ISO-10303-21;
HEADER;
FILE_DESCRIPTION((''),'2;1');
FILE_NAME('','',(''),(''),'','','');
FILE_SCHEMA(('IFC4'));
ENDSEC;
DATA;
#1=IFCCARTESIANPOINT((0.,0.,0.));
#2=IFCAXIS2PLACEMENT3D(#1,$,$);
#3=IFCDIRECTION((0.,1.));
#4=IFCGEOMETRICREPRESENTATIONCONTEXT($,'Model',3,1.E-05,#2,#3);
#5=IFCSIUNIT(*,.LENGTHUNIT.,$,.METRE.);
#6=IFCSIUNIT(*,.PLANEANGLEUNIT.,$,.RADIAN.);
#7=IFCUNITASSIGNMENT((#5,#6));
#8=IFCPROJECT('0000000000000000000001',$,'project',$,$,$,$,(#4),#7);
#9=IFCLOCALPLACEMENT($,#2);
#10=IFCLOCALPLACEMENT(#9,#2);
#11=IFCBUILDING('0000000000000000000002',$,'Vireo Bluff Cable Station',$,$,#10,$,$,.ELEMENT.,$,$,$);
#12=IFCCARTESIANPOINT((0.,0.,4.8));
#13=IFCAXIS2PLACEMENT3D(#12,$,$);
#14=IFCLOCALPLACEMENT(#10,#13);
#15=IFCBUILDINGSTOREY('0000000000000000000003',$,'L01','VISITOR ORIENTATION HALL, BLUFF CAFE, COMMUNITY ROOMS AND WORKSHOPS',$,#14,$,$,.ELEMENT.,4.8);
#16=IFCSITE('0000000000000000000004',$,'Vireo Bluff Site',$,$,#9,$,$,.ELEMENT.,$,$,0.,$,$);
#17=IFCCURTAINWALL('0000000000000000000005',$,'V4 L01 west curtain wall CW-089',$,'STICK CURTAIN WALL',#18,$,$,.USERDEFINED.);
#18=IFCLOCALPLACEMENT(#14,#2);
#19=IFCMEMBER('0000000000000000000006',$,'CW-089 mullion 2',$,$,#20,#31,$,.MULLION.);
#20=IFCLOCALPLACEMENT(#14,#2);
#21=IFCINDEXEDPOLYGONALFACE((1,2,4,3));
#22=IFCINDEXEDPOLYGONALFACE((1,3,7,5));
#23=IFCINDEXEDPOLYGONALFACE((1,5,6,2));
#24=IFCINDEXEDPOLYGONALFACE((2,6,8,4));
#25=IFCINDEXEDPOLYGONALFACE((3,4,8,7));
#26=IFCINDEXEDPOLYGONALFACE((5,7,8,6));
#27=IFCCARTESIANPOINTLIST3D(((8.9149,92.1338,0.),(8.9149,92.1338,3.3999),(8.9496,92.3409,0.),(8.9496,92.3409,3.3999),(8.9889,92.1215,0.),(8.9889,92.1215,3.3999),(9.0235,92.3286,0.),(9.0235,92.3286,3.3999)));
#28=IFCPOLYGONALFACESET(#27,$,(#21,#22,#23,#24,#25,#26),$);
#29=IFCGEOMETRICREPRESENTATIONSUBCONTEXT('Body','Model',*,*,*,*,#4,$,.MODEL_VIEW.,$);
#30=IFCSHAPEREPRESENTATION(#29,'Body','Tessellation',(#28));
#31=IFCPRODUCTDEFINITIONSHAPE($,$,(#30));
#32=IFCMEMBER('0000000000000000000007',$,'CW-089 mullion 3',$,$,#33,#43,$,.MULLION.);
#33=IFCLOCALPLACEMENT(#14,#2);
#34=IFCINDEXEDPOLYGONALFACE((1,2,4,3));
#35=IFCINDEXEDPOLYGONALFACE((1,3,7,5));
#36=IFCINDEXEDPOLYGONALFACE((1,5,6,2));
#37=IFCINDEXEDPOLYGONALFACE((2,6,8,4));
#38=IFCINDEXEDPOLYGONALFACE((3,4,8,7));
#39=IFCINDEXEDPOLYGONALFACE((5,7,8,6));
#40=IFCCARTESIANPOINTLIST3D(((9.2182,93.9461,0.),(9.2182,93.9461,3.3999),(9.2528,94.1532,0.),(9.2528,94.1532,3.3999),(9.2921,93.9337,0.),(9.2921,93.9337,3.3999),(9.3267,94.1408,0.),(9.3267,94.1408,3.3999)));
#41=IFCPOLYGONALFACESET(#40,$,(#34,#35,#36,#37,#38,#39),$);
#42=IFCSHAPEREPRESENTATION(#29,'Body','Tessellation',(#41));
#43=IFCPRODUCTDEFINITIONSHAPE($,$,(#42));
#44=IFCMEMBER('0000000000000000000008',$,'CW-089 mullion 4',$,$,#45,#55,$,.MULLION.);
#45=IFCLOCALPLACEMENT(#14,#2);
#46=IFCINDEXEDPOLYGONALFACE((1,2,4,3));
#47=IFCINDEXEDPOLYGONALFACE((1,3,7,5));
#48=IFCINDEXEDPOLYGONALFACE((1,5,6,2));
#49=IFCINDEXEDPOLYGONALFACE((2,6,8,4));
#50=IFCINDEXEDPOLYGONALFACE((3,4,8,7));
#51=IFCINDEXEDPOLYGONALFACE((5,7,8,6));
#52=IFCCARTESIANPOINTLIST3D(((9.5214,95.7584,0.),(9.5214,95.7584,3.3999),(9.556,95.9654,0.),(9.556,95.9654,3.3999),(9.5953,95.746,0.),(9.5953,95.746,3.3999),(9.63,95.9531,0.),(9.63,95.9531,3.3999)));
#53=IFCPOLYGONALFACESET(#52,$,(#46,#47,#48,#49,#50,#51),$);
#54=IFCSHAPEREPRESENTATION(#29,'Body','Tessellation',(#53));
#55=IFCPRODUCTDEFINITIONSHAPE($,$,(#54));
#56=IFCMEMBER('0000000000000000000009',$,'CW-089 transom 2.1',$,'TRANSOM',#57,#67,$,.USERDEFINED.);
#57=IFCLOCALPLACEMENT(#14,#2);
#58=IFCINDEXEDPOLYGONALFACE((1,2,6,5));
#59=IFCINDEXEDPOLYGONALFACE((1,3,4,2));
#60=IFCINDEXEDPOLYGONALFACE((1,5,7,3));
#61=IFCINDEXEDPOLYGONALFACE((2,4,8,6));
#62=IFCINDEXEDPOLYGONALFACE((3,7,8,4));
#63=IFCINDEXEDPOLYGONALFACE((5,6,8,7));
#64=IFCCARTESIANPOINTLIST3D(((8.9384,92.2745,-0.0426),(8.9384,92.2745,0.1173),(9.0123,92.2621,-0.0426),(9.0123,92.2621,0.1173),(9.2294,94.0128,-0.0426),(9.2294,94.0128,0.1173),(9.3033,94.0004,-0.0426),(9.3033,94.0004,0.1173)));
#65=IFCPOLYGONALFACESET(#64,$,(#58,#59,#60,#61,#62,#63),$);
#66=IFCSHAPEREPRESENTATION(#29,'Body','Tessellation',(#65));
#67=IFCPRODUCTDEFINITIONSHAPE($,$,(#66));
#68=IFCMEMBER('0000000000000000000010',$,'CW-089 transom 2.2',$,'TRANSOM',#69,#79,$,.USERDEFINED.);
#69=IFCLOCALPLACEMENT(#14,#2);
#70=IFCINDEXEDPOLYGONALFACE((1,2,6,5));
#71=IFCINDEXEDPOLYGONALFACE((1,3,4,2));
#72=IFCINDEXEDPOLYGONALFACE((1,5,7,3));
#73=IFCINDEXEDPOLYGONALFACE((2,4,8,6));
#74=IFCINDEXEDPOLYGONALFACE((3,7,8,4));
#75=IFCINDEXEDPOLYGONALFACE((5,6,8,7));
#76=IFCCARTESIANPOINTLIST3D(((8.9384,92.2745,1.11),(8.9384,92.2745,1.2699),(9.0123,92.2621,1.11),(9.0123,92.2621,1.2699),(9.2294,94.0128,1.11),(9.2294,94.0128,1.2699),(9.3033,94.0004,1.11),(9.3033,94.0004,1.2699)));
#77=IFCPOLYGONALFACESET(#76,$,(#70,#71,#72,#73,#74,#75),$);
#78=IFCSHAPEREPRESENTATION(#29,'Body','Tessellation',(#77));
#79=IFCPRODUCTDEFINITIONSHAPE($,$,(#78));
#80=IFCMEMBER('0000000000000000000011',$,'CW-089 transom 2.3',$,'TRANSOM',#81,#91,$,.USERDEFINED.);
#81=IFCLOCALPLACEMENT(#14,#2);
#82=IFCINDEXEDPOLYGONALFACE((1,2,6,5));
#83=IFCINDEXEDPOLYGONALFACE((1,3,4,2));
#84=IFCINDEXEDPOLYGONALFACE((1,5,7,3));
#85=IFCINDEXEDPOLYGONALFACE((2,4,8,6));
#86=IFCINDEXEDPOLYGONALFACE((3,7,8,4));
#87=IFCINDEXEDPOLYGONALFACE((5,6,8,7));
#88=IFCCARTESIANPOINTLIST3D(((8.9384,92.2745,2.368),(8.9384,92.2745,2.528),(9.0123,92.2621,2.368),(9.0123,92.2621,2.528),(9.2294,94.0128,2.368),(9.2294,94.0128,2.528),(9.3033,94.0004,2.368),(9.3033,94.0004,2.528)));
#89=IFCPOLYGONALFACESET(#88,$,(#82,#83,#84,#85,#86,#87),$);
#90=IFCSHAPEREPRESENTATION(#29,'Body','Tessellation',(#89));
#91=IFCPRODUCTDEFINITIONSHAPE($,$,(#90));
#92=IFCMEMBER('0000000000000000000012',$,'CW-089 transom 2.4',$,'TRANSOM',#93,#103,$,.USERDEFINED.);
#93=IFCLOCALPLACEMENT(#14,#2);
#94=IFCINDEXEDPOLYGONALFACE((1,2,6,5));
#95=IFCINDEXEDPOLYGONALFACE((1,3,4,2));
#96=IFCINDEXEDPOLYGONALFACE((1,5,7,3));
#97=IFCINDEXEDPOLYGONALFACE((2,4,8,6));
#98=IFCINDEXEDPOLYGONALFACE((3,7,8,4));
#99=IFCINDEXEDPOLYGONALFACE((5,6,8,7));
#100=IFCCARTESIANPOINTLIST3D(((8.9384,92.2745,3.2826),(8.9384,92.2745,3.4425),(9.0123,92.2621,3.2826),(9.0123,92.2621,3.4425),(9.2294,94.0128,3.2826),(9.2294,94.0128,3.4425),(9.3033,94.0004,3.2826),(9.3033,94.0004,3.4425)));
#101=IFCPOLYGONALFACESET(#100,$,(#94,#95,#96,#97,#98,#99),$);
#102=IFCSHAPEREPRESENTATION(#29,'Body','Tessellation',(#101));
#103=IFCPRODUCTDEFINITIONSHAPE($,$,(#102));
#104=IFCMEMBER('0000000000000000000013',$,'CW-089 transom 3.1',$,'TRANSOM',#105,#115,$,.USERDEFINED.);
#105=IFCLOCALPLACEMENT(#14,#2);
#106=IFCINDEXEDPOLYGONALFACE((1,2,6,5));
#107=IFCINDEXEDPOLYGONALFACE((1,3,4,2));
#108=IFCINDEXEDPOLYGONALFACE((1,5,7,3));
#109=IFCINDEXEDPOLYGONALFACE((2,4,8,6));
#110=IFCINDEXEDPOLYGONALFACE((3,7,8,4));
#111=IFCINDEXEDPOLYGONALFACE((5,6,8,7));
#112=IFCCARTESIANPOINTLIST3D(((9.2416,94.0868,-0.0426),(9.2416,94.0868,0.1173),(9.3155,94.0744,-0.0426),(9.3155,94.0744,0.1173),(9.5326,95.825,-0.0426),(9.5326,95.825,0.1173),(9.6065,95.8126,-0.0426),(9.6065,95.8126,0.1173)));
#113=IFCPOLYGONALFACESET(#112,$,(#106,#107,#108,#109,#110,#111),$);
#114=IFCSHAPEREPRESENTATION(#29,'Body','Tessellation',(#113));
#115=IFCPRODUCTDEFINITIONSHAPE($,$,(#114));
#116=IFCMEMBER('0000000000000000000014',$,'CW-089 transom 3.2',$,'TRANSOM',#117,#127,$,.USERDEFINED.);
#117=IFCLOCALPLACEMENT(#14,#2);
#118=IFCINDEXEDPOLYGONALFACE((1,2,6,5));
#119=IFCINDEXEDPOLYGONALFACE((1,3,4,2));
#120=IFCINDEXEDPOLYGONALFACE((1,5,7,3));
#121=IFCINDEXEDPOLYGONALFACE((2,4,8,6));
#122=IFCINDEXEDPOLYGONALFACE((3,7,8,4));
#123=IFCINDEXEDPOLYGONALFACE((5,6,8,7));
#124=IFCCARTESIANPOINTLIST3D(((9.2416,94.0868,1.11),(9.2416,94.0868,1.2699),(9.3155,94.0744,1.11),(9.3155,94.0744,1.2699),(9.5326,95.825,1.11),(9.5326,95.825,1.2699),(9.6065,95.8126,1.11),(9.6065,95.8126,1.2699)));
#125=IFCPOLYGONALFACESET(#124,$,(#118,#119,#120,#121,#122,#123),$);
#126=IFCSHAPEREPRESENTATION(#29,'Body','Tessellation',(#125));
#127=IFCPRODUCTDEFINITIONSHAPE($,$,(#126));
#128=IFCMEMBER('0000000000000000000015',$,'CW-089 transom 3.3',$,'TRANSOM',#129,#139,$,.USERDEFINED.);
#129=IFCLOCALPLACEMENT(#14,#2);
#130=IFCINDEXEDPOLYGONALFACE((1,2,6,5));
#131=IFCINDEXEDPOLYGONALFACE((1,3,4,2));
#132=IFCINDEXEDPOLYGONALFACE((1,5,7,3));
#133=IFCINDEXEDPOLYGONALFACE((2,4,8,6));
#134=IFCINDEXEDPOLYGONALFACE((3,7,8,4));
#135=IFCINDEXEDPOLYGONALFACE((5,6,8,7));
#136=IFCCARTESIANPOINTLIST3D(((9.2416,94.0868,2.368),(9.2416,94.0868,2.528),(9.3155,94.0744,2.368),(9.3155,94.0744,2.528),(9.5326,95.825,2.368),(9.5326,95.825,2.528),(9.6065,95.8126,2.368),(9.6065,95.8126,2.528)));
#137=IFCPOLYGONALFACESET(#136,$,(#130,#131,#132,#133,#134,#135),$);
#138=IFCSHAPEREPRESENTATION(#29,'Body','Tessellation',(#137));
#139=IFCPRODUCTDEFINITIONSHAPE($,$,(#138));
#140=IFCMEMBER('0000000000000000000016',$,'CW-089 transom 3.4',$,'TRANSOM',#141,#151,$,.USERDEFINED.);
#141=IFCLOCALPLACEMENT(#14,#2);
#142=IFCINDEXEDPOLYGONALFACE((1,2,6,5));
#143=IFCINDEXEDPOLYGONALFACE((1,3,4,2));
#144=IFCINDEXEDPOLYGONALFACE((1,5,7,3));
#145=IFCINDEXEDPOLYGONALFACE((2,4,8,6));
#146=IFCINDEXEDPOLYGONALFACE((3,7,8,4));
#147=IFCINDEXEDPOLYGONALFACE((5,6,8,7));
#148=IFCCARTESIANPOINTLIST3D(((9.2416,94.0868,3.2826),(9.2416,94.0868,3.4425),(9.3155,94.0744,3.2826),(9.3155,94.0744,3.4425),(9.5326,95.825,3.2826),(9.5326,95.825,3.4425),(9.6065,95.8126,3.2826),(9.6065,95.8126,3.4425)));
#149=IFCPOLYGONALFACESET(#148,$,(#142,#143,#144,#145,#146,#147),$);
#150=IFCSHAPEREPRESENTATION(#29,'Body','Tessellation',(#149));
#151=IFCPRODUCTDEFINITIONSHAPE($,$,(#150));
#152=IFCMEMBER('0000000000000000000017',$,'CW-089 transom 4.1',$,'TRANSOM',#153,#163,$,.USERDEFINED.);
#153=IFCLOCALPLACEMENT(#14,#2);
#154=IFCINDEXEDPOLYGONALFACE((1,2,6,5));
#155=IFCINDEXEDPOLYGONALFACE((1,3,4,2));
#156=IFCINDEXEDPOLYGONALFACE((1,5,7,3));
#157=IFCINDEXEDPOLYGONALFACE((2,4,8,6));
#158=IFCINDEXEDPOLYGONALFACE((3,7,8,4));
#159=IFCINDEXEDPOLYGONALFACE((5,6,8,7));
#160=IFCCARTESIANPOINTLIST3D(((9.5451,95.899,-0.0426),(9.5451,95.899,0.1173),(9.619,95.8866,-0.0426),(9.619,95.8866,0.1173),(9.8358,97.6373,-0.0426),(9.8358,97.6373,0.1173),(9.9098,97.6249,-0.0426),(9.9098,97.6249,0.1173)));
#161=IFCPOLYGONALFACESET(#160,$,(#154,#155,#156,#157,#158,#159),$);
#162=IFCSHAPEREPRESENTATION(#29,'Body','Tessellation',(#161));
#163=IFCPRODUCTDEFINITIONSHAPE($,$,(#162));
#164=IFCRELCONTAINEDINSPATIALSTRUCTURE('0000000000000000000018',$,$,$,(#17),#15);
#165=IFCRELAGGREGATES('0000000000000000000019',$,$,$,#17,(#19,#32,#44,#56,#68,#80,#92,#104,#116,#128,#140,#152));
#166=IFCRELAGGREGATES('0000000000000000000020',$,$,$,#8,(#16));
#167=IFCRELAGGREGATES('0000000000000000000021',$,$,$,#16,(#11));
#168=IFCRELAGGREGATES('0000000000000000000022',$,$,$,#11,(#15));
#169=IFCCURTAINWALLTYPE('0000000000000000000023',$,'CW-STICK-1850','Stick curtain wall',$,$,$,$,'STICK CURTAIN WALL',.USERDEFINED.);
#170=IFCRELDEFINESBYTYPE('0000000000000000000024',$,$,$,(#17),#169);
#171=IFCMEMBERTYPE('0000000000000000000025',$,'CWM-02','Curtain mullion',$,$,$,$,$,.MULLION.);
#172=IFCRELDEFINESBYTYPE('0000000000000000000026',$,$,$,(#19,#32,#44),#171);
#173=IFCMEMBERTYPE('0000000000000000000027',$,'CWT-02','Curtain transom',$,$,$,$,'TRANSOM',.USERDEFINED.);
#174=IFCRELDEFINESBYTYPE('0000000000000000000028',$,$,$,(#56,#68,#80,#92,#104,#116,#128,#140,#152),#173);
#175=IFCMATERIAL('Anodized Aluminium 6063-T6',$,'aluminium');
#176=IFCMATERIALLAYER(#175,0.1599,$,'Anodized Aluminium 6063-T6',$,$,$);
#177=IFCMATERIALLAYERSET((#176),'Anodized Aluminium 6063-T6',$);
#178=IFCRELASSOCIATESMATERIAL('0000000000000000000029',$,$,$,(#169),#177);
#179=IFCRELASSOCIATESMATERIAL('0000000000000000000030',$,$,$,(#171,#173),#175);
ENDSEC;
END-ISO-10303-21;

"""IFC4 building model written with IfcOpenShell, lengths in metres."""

from ifc_helpers import new_model, si_unit, direction, frame, origin, origin_2d, place, context, subcontext, project, spatial, rectangle, extrude, material, layer, layer_set, material_profile, profile_set, type_object, element, aggregate, save


model = new_model("IFC4")

# Units and contexts
model_context = context("Model", 3, precision=1e-05, world=origin(), true_north=direction((0.0, 1.0)))
body_context = subcontext(model_context, "Body", "Model", "MODEL_VIEW")
ifc_project = project(units=[si_unit("LENGTHUNIT", "METRE"), si_unit("PLANEANGLEUNIT", "RADIAN")], contexts=[model_context])

# Site, building, storey
site_placement = place(None, origin())
site = spatial("IfcSite", under=ifc_project, at=site_placement, Name="Vireo Bluff Site", CompositionType="ELEMENT", RefElevation=0.0)
building_placement = place(site_placement, origin())
building = spatial("IfcBuilding", under=site, at=building_placement, Name="Vireo Bluff Cable Station", CompositionType="ELEMENT")
storey_placement = place(building_placement, frame((0.0, 0.0, 4.8)))
storey = spatial("IfcBuildingStorey", under=building, at=storey_placement, Name="L01", Description="VISITOR ORIENTATION HALL, BLUFF CAFE, COMMUNITY ROOMS AND WORKSHOPS", CompositionType="ELEMENT", Elevation=4.8)

# Curtain wall, members
ifc_material_1 = material(Name="Anodized Aluminium 6063-T6", Category="aluminium")
ifc_layer_1 = layer(ifc_material_1, 0.1599, Name="Anodized Aluminium 6063-T6")
ifc_layer_set_1 = layer_set([ifc_layer_1], Name="Anodized Aluminium 6063-T6")
curtain_wall_type = type_object("IfcCurtainWallType", Name="CW-STICK-1850", Description="Stick curtain wall", ElementType="STICK CURTAIN WALL", PredefinedType="USERDEFINED", material=ifc_layer_set_1)
curtain_wall_placement = place(storey_placement, origin())
curtain_wall = element("IfcCurtainWall", 1, at=curtain_wall_placement, inside=storey, type_object=curtain_wall_type, Name="V4 L01 west curtain wall CW-089", ObjectType="STICK CURTAIN WALL", PredefinedType="USERDEFINED")
ifc_material_profile_1 = material_profile(ifc_material_1, rectangle(XDim=0.075, YDim=0.21, at=origin_2d()), Name="ALU-M-75X210")
ifc_profile_set_1 = profile_set([ifc_material_profile_1], Name="Anodized Aluminium 6063-T6")
member_type_1 = type_object("IfcMemberType", Name="CWM-02", Description="Curtain mullion", PredefinedType="MULLION", material=ifc_profile_set_1)
member_1_placement = place(storey_placement, frame((8.9692, 92.2312, 0.0), z_axis=(0.0, 0.0, 1.0), x_axis=(-0.986286, 0.165048, 0.0)))
member_1 = element("IfcMember", 2, at=member_1_placement, type_object=member_type_1, Name="CW-089 mullion 2", PredefinedType="MULLION", context=body_context, shape_type="SweptSolid", body=[
    extrude(rectangle(XDim=0.075, YDim=0.21, at=origin_2d()), origin(), (0.0, 0.0, 1.0), 3.3999),
])
member_2_placement = place(storey_placement, frame((9.2725, 94.0435, 0.0), z_axis=(0.0, 0.0, 1.0), x_axis=(-0.986286, 0.165048, 0.0)))
member_2 = element("IfcMember", 3, at=member_2_placement, type_object=member_type_1, Name="CW-089 mullion 3", PredefinedType="MULLION", context=body_context, shape_type="SweptSolid", body=[
    extrude(rectangle(XDim=0.075, YDim=0.21, at=origin_2d()), origin(), (0.0, 0.0, 1.0), 3.3999),
])
member_3_placement = place(storey_placement, frame((9.5757, 95.8557, 0.0), z_axis=(0.0, 0.0, 1.0), x_axis=(-0.986286, 0.165048, 0.0)))
member_3 = element("IfcMember", 4, at=member_3_placement, type_object=member_type_1, Name="CW-089 mullion 4", PredefinedType="MULLION", context=body_context, shape_type="SweptSolid", body=[
    extrude(rectangle(XDim=0.075, YDim=0.21, at=origin_2d()), origin(), (0.0, 0.0, 1.0), 3.3999),
])
ifc_material_profile_2 = material_profile(ifc_material_1, rectangle(XDim=0.075, YDim=0.1599, at=origin_2d()), Name="ALU-T-75X160")
ifc_profile_set_2 = profile_set([ifc_material_profile_2], Name="Anodized Aluminium 6063-T6")
member_type_2 = type_object("IfcMemberType", Name="CWT-02", Description="Curtain transom", ElementType="TRANSOM", PredefinedType="USERDEFINED", material=ifc_profile_set_2)
member_4_placement = place(storey_placement, frame((8.9753, 92.2683, 0.0374), z_axis=(0.165118, 0.986274, 0.0), x_axis=(-0.986274, 0.165118, 0.0)))
member_4 = element("IfcMember", 5, at=member_4_placement, type_object=member_type_2, Name="CW-089 transom 2.1", ObjectType="TRANSOM", PredefinedType="USERDEFINED", context=body_context, shape_type="SweptSolid", body=[
    extrude(rectangle(XDim=0.075, YDim=0.1599, at=origin_2d()), origin(), (0.0, 0.0, 1.0), 1.7625),
])
member_5_placement = place(storey_placement, frame((8.9753, 92.2683, 1.1899), z_axis=(0.165118, 0.986274, 0.0), x_axis=(-0.986274, 0.165118, 0.0)))
member_5 = element("IfcMember", 6, at=member_5_placement, type_object=member_type_2, Name="CW-089 transom 2.2", ObjectType="TRANSOM", PredefinedType="USERDEFINED", context=body_context, shape_type="SweptSolid", body=[
    extrude(rectangle(XDim=0.075, YDim=0.1599, at=origin_2d()), origin(), (0.0, 0.0, 1.0), 1.7625),
])
member_6_placement = place(storey_placement, frame((8.9753, 92.2683, 2.448), z_axis=(0.165118, 0.986274, 0.0), x_axis=(-0.986274, 0.165118, 0.0)))
member_6 = element("IfcMember", 7, at=member_6_placement, type_object=member_type_2, Name="CW-089 transom 2.3", ObjectType="TRANSOM", PredefinedType="USERDEFINED", context=body_context, shape_type="SweptSolid", body=[
    extrude(rectangle(XDim=0.075, YDim=0.1599, at=origin_2d()), origin(), (0.0, 0.0, 1.0), 1.7625),
])
member_7_placement = place(storey_placement, frame((8.9753, 92.2683, 3.3625), z_axis=(0.165118, 0.986274, 0.0), x_axis=(-0.986274, 0.165118, 0.0)))
member_7 = element("IfcMember", 8, at=member_7_placement, type_object=member_type_2, Name="CW-089 transom 2.4", ObjectType="TRANSOM", PredefinedType="USERDEFINED", context=body_context, shape_type="SweptSolid", body=[
    extrude(rectangle(XDim=0.075, YDim=0.1599, at=origin_2d()), origin(), (0.0, 0.0, 1.0), 1.7625),
])
member_8_placement = place(storey_placement, frame((9.2786, 94.0806, 0.0374), z_axis=(0.165118, 0.986274, 0.0), x_axis=(-0.986274, 0.165118, 0.0)))
member_8 = element("IfcMember", 9, at=member_8_placement, type_object=member_type_2, Name="CW-089 transom 3.1", ObjectType="TRANSOM", PredefinedType="USERDEFINED", context=body_context, shape_type="SweptSolid", body=[
    extrude(rectangle(XDim=0.075, YDim=0.1599, at=origin_2d()), origin(), (0.0, 0.0, 1.0), 1.7625),
])
member_9_placement = place(storey_placement, frame((9.2786, 94.0806, 1.1899), z_axis=(0.165118, 0.986274, 0.0), x_axis=(-0.986274, 0.165118, 0.0)))
member_9 = element("IfcMember", 10, at=member_9_placement, type_object=member_type_2, Name="CW-089 transom 3.2", ObjectType="TRANSOM", PredefinedType="USERDEFINED", context=body_context, shape_type="SweptSolid", body=[
    extrude(rectangle(XDim=0.075, YDim=0.1599, at=origin_2d()), origin(), (0.0, 0.0, 1.0), 1.7625),
])
member_10_placement = place(storey_placement, frame((9.2786, 94.0806, 2.448), z_axis=(0.165118, 0.986274, 0.0), x_axis=(-0.986274, 0.165118, 0.0)))
member_10 = element("IfcMember", 11, at=member_10_placement, type_object=member_type_2, Name="CW-089 transom 3.3", ObjectType="TRANSOM", PredefinedType="USERDEFINED", context=body_context, shape_type="SweptSolid", body=[
    extrude(rectangle(XDim=0.075, YDim=0.1599, at=origin_2d()), origin(), (0.0, 0.0, 1.0), 1.7625),
])
member_11_placement = place(storey_placement, frame((9.2786, 94.0806, 3.3625), z_axis=(0.165118, 0.986274, 0.0), x_axis=(-0.986274, 0.165118, 0.0)))
member_11 = element("IfcMember", 12, at=member_11_placement, type_object=member_type_2, Name="CW-089 transom 3.4", ObjectType="TRANSOM", PredefinedType="USERDEFINED", context=body_context, shape_type="SweptSolid", body=[
    extrude(rectangle(XDim=0.075, YDim=0.1599, at=origin_2d()), origin(), (0.0, 0.0, 1.0), 1.7625),
])
member_12_placement = place(storey_placement, frame((9.582, 95.8928, 0.0374), z_axis=(0.164983, 0.986296, 0.0), x_axis=(-0.986296, 0.164983, 0.0)))
member_12 = element("IfcMember", 13, at=member_12_placement, type_object=member_type_2, Name="CW-089 transom 4.1", ObjectType="TRANSOM", PredefinedType="USERDEFINED", context=body_context, shape_type="SweptSolid", body=[
    extrude(rectangle(XDim=0.075, YDim=0.1599, at=origin_2d()), origin(), (0.0, 0.0, 1.0), 1.7625),
])

aggregate(curtain_wall, [member_1, member_2, member_3, member_4, member_5, member_6, member_7, member_8, member_9, member_10, member_11, member_12])

save(model, "model.ifc")
